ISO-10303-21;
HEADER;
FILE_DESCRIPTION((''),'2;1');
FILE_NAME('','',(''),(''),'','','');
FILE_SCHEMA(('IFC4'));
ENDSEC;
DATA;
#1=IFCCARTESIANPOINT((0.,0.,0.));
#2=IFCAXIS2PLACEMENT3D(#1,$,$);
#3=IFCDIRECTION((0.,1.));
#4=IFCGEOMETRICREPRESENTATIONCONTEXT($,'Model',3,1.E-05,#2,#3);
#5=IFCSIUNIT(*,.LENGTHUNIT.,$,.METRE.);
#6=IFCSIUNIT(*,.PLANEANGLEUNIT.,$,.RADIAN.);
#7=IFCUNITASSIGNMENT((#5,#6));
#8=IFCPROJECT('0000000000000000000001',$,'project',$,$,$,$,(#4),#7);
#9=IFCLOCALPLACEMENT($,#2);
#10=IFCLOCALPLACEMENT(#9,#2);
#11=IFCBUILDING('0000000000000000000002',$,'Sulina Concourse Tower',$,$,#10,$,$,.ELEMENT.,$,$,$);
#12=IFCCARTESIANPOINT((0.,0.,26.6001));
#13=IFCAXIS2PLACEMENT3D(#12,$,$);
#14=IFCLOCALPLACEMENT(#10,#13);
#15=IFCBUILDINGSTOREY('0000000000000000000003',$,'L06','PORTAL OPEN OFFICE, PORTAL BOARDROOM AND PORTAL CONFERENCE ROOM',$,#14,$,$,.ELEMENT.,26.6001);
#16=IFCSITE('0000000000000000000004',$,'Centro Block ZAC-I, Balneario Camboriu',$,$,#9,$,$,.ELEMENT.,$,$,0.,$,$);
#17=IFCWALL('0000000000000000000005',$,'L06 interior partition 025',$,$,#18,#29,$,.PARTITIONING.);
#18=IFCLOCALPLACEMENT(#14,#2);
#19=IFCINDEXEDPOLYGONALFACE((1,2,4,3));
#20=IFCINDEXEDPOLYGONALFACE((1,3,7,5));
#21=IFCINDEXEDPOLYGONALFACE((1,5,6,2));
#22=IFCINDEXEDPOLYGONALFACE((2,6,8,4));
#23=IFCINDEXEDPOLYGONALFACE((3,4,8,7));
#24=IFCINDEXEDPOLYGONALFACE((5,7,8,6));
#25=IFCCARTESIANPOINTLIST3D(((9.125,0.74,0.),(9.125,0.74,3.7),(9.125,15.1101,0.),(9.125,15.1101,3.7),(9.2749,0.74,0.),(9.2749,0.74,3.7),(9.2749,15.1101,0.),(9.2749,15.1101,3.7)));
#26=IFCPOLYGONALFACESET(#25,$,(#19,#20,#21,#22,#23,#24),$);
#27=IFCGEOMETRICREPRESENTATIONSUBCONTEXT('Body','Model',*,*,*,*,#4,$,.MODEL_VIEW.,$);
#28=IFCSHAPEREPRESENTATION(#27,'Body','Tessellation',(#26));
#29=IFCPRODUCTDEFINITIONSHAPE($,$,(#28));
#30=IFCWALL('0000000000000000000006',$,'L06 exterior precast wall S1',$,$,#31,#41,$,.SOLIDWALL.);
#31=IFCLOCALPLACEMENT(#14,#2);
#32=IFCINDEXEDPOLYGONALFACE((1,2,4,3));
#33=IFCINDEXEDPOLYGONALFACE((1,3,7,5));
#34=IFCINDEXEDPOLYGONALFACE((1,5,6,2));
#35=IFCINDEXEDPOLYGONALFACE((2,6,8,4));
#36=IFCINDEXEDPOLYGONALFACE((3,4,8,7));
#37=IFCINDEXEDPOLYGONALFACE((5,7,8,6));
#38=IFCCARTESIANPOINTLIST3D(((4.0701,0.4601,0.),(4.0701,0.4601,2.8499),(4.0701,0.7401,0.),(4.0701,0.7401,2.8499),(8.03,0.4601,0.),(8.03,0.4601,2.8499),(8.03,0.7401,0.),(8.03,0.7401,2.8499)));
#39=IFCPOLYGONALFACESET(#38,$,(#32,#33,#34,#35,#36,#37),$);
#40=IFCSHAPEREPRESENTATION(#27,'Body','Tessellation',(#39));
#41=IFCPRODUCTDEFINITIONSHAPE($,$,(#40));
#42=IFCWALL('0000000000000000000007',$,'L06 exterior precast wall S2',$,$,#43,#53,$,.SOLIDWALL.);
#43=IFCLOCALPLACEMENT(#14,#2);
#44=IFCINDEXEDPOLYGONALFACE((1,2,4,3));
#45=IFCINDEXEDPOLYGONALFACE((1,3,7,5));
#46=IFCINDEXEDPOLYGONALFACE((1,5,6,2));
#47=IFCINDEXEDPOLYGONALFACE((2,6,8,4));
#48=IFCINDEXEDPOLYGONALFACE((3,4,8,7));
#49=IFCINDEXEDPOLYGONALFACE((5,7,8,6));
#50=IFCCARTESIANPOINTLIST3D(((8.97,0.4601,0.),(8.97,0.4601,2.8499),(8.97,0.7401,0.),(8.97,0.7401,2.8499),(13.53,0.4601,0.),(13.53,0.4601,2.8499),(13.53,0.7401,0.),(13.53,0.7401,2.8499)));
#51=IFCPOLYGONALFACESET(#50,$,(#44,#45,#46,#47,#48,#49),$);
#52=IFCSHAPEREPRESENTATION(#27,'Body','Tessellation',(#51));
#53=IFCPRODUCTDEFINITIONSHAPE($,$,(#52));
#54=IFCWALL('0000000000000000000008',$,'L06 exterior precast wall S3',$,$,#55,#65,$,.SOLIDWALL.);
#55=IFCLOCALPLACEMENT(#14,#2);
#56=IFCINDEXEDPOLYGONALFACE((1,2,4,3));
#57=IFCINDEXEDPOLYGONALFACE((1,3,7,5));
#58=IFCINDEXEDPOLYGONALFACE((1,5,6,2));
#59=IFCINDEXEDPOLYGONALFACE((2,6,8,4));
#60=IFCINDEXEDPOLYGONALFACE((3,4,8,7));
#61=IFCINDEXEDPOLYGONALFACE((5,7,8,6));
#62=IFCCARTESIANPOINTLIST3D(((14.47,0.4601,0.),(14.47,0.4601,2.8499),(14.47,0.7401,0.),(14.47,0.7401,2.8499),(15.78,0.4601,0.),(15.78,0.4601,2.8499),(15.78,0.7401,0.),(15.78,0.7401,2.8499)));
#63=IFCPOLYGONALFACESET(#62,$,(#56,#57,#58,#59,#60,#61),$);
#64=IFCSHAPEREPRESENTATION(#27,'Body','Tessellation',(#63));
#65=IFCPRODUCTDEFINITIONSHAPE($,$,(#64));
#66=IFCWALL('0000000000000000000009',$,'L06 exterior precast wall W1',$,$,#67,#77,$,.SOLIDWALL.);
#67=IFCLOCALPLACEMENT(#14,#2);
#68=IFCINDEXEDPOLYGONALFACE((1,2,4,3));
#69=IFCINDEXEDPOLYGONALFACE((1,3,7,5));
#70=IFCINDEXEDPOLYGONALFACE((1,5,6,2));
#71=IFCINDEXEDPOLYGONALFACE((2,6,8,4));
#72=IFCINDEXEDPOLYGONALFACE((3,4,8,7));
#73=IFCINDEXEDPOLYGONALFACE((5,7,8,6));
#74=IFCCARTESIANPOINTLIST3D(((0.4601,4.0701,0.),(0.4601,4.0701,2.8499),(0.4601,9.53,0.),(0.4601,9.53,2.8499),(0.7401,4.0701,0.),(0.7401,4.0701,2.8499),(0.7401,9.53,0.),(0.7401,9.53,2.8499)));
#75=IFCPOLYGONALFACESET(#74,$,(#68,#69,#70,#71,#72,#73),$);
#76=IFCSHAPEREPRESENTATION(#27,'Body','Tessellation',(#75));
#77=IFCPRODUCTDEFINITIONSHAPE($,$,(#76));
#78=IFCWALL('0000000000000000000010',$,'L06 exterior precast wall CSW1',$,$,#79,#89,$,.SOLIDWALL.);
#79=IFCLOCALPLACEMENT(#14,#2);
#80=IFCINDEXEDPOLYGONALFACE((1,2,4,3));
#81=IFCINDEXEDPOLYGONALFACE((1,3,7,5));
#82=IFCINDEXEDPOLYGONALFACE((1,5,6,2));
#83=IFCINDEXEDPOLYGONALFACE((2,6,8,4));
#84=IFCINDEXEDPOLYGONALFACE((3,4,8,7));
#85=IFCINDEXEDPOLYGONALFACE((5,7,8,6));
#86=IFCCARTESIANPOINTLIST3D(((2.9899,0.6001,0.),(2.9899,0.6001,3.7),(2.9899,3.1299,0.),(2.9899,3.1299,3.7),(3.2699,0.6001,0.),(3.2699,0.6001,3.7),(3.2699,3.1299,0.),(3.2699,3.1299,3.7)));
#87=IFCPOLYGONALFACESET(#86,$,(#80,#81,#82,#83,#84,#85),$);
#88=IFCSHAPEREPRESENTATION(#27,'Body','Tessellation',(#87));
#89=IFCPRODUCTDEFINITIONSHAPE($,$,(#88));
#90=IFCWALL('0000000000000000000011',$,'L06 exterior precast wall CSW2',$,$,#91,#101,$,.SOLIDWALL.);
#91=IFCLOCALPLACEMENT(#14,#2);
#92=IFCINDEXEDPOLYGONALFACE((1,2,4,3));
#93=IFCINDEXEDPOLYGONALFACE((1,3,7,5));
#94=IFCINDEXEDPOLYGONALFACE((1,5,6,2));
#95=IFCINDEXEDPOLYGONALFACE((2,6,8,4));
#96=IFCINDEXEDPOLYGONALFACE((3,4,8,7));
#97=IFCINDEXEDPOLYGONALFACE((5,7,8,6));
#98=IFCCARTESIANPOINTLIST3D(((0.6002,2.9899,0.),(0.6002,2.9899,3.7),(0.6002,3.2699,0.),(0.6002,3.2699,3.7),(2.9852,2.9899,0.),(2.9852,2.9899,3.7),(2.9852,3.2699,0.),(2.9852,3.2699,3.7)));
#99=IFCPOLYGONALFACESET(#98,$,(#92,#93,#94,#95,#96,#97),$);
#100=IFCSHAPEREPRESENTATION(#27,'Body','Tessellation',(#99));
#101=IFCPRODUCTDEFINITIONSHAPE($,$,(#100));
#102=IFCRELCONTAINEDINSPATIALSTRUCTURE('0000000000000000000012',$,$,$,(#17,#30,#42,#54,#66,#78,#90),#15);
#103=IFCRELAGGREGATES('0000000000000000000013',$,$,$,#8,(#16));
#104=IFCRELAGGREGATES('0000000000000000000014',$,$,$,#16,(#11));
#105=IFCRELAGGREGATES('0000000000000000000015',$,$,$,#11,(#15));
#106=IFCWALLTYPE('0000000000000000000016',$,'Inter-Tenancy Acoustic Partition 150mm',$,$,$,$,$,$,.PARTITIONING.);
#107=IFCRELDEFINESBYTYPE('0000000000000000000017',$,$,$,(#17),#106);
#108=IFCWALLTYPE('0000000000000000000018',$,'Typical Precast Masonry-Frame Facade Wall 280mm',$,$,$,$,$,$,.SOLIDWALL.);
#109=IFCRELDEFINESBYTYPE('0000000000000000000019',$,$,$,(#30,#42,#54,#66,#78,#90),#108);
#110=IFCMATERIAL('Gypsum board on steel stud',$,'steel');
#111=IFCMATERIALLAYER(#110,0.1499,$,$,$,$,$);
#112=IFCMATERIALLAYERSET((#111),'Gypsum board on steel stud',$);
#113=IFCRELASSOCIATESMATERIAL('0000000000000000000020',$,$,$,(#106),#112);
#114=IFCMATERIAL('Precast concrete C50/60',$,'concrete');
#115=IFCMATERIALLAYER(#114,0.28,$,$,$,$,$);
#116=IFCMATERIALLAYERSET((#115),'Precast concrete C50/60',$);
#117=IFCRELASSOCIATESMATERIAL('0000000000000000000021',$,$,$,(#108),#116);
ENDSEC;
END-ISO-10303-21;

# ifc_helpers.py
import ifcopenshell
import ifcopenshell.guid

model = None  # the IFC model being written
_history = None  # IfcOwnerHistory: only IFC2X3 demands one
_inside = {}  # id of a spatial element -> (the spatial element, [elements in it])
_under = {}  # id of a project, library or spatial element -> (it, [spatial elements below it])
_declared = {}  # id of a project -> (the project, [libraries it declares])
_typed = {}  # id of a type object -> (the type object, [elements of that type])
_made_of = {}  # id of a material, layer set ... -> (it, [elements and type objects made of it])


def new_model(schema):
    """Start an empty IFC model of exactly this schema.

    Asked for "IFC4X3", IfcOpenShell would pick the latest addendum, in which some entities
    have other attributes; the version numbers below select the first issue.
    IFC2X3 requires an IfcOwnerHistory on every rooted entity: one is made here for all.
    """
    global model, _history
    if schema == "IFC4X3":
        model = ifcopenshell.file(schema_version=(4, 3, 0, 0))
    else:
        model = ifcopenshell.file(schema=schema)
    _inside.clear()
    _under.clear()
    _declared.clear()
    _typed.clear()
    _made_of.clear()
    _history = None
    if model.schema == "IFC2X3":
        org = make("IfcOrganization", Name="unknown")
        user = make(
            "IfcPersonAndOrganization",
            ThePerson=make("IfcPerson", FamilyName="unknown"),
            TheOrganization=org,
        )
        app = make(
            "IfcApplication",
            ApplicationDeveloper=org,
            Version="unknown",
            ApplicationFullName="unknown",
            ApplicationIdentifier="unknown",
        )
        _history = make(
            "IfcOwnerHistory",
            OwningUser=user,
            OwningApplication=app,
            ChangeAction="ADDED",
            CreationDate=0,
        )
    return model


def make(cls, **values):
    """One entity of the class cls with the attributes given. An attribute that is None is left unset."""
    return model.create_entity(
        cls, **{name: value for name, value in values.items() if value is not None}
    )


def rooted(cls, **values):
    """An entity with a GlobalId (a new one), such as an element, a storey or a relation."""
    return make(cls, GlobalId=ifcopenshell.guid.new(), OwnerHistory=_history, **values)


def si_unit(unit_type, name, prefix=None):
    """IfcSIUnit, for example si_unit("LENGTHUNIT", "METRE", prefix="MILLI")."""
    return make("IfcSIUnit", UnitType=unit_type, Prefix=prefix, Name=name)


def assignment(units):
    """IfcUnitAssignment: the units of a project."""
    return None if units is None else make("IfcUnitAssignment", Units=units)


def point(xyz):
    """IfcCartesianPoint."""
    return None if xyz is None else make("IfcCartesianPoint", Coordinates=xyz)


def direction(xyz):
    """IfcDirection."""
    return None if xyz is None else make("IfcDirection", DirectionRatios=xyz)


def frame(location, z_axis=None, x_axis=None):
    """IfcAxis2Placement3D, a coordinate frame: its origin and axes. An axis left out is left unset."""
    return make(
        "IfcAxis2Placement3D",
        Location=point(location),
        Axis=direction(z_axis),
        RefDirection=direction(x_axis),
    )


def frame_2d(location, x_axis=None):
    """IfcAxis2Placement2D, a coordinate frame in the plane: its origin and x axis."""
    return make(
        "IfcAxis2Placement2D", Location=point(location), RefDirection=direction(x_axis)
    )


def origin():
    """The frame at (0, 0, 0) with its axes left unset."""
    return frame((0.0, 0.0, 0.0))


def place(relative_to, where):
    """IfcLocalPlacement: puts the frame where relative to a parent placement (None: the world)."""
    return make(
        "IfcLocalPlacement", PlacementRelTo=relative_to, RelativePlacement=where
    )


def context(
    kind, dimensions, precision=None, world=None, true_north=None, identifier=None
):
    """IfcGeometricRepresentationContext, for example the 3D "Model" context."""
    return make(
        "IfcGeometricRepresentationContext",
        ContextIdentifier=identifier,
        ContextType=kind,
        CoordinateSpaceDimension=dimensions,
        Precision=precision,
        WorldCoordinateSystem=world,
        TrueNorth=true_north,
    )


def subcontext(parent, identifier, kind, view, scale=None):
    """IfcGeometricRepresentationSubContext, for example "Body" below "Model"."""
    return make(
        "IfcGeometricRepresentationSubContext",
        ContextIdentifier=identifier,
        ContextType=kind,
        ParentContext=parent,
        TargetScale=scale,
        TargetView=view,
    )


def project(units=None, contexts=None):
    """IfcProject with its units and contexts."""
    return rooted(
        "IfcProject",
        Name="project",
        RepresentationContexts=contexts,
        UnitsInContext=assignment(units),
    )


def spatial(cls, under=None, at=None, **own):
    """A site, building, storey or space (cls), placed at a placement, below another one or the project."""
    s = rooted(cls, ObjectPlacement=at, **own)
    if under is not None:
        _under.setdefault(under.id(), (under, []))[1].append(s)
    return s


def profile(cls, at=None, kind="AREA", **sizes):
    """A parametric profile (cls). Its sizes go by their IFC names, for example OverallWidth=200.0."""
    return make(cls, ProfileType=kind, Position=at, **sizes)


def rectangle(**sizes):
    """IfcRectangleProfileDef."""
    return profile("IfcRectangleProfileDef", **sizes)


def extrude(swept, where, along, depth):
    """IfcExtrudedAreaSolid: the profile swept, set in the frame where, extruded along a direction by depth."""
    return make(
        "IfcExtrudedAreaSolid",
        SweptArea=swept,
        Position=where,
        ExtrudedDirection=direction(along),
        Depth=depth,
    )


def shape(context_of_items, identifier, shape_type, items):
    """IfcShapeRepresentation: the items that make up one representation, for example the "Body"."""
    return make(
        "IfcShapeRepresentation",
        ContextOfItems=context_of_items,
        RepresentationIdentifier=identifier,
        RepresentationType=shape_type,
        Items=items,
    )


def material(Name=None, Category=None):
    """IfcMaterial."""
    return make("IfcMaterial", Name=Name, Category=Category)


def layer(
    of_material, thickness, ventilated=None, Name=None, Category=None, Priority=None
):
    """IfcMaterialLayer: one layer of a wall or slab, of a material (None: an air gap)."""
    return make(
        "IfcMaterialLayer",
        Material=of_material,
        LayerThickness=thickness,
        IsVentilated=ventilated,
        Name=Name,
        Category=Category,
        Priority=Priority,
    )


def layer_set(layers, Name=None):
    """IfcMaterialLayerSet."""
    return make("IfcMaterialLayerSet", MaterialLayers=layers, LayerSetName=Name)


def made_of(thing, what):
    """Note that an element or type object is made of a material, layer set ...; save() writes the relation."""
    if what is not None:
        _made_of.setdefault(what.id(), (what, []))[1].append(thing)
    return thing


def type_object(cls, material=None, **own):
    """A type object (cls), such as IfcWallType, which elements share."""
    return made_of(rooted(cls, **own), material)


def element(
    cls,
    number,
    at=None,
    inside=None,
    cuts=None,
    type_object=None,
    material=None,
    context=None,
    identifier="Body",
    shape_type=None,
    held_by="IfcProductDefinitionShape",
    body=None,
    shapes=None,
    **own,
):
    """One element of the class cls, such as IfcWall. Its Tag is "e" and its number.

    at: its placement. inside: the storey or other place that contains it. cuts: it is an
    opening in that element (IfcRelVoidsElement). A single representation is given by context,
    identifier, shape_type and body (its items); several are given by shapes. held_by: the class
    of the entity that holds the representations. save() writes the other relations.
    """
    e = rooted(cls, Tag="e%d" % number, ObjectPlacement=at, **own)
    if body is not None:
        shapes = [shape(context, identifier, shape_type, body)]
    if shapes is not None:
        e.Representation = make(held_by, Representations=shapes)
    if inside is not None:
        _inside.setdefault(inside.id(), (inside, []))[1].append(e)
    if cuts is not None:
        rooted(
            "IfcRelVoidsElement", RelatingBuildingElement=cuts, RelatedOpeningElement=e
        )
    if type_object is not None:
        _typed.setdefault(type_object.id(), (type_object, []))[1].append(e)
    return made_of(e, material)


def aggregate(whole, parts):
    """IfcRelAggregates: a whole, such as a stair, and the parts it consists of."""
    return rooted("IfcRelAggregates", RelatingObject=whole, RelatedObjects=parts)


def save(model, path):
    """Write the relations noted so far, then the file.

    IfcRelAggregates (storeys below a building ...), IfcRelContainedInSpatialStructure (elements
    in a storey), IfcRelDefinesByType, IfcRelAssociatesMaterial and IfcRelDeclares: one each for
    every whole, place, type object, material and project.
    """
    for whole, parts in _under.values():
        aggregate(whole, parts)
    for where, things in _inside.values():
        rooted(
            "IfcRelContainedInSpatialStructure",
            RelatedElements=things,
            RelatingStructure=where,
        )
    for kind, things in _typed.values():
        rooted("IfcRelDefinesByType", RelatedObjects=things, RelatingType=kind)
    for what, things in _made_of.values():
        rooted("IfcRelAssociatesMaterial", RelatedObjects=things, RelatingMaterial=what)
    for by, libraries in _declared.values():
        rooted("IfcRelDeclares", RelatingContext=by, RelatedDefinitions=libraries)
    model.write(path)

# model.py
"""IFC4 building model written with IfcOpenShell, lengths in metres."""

from ifc_helpers import new_model, si_unit, direction, frame, frame_2d, origin, place, context, subcontext, project, spatial, rectangle, extrude, material, layer, layer_set, type_object, element, save


model = new_model("IFC4")

# Units and contexts
model_context = context("Model", 3, precision=1e-05, world=origin(), true_north=direction((0.0, 1.0)))
body_context = subcontext(model_context, "Body", "Model", "MODEL_VIEW")
ifc_project = project(units=[si_unit("LENGTHUNIT", "METRE"), si_unit("PLANEANGLEUNIT", "RADIAN")], contexts=[model_context])

# Site, building, storey
site_placement = place(None, origin())
site = spatial("IfcSite", under=ifc_project, at=site_placement, Name="Centro Block ZAC-I, Balneario Camboriu", CompositionType="ELEMENT", RefElevation=0.0)
building_placement = place(site_placement, origin())
building = spatial("IfcBuilding", under=site, at=building_placement, Name="Sulina Concourse Tower", CompositionType="ELEMENT")
storey_placement = place(building_placement, frame((0.0, 0.0, 26.6001)))
storey = spatial("IfcBuildingStorey", under=building, at=storey_placement, Name="L06", Description="PORTAL OPEN OFFICE, PORTAL BOARDROOM AND PORTAL CONFERENCE ROOM", CompositionType="ELEMENT", Elevation=26.6001)

# Walls
ifc_material_1 = material(Name="Gypsum board on steel stud", Category="steel")
ifc_layer_1 = layer(ifc_material_1, 0.1499)
ifc_layer_set_1 = layer_set([ifc_layer_1], Name="Gypsum board on steel stud")
wall_type_1 = type_object("IfcWallType", Name="Inter-Tenancy Acoustic Partition 150mm", PredefinedType="PARTITIONING", material=ifc_layer_set_1)
wall_1_placement = place(storey_placement, frame((9.2, 0.74, 0.0), z_axis=(0.0, 0.0, 1.0), x_axis=(0.0, 1.0, 0.0)))
element("IfcWall", 1, at=wall_1_placement, inside=storey, type_object=wall_type_1, Name="L06 interior partition 025", PredefinedType="PARTITIONING", context=body_context, shape_type="SweptSolid", body=[
    extrude(rectangle(XDim=14.3701, YDim=0.1499, at=frame_2d((7.1851, 0.0))), origin(), (0.0, 0.0, 1.0), 3.7),
])
ifc_material_2 = material(Name="Precast concrete C50/60", Category="concrete")
ifc_layer_2 = layer(ifc_material_2, 0.28)
ifc_layer_set_2 = layer_set([ifc_layer_2], Name="Precast concrete C50/60")
wall_type_2 = type_object("IfcWallType", Name="Typical Precast Masonry-Frame Facade Wall 280mm", PredefinedType="SOLIDWALL", material=ifc_layer_set_2)
wall_2_placement = place(storey_placement, frame((8.03, 0.6001, 0.0), z_axis=(0.0, 0.0, 1.0), x_axis=(-1.0, 0.0, 0.0)))
element("IfcWall", 2, at=wall_2_placement, inside=storey, type_object=wall_type_2, Name="L06 exterior precast wall S1", PredefinedType="SOLIDWALL", context=body_context, shape_type="SweptSolid", body=[
    extrude(rectangle(XDim=3.96, YDim=0.28, at=frame_2d((1.98, 0.0))), origin(), (0.0, 0.0, 1.0), 2.8499),
])
wall_3_placement = place(storey_placement, frame((13.53, 0.6001, 0.0), z_axis=(0.0, 0.0, 1.0), x_axis=(-1.0, 0.0, 0.0)))
element("IfcWall", 3, at=wall_3_placement, inside=storey, type_object=wall_type_2, Name="L06 exterior precast wall S2", PredefinedType="SOLIDWALL", context=body_context, shape_type="SweptSolid", body=[
    extrude(rectangle(XDim=4.5601, YDim=0.28, at=frame_2d((2.28, 0.0))), origin(), (0.0, 0.0, 1.0), 2.8499),
])
wall_4_placement = place(storey_placement, frame((15.78, 0.6001, 0.0), z_axis=(0.0, 0.0, 1.0), x_axis=(-1.0, 0.0, 0.0)))
element("IfcWall", 4, at=wall_4_placement, inside=storey, type_object=wall_type_2, Name="L06 exterior precast wall S3", PredefinedType="SOLIDWALL", context=body_context, shape_type="SweptSolid", body=[
    extrude(rectangle(XDim=1.3101, YDim=0.28, at=frame_2d((0.655, 0.0))), origin(), (0.0, 0.0, 1.0), 2.8499),
])
wall_5_placement = place(storey_placement, frame((0.6001, 4.0701, 0.0), z_axis=(0.0, 0.0, 1.0), x_axis=(0.0, 1.0, 0.0)))
element("IfcWall", 5, at=wall_5_placement, inside=storey, type_object=wall_type_2, Name="L06 exterior precast wall W1", PredefinedType="SOLIDWALL", context=body_context, shape_type="SweptSolid", body=[
    extrude(rectangle(XDim=5.46, YDim=0.28, at=frame_2d((2.73, 0.0))), origin(), (0.0, 0.0, 1.0), 2.8499),
])
wall_6_placement = place(storey_placement, frame((3.1299, 0.6001, 0.0), z_axis=(0.0, 0.0, 1.0), x_axis=(0.0, 1.0, 0.0)))
element("IfcWall", 6, at=wall_6_placement, inside=storey, type_object=wall_type_2, Name="L06 exterior precast wall CSW1", PredefinedType="SOLIDWALL", context=body_context, shape_type="SweptSolid", body=[
    extrude(rectangle(XDim=2.5298, YDim=0.28, at=frame_2d((1.2649, 0.0))), origin(), (0.0, 0.0, 1.0), 3.7),
])
wall_7_placement = place(storey_placement, frame((2.9851, 3.1299, 0.0), z_axis=(0.0, 0.0, 1.0), x_axis=(-1.0, 0.0, 0.0)))
element("IfcWall", 7, at=wall_7_placement, inside=storey, type_object=wall_type_2, Name="L06 exterior precast wall CSW2", PredefinedType="SOLIDWALL", context=body_context, shape_type="SweptSolid", body=[
    extrude(rectangle(XDim=2.385, YDim=0.28, at=frame_2d((1.1924, 0.0))), origin(), (0.0, 0.0, 1.0), 3.7),
])

save(model, "model.ifc")
